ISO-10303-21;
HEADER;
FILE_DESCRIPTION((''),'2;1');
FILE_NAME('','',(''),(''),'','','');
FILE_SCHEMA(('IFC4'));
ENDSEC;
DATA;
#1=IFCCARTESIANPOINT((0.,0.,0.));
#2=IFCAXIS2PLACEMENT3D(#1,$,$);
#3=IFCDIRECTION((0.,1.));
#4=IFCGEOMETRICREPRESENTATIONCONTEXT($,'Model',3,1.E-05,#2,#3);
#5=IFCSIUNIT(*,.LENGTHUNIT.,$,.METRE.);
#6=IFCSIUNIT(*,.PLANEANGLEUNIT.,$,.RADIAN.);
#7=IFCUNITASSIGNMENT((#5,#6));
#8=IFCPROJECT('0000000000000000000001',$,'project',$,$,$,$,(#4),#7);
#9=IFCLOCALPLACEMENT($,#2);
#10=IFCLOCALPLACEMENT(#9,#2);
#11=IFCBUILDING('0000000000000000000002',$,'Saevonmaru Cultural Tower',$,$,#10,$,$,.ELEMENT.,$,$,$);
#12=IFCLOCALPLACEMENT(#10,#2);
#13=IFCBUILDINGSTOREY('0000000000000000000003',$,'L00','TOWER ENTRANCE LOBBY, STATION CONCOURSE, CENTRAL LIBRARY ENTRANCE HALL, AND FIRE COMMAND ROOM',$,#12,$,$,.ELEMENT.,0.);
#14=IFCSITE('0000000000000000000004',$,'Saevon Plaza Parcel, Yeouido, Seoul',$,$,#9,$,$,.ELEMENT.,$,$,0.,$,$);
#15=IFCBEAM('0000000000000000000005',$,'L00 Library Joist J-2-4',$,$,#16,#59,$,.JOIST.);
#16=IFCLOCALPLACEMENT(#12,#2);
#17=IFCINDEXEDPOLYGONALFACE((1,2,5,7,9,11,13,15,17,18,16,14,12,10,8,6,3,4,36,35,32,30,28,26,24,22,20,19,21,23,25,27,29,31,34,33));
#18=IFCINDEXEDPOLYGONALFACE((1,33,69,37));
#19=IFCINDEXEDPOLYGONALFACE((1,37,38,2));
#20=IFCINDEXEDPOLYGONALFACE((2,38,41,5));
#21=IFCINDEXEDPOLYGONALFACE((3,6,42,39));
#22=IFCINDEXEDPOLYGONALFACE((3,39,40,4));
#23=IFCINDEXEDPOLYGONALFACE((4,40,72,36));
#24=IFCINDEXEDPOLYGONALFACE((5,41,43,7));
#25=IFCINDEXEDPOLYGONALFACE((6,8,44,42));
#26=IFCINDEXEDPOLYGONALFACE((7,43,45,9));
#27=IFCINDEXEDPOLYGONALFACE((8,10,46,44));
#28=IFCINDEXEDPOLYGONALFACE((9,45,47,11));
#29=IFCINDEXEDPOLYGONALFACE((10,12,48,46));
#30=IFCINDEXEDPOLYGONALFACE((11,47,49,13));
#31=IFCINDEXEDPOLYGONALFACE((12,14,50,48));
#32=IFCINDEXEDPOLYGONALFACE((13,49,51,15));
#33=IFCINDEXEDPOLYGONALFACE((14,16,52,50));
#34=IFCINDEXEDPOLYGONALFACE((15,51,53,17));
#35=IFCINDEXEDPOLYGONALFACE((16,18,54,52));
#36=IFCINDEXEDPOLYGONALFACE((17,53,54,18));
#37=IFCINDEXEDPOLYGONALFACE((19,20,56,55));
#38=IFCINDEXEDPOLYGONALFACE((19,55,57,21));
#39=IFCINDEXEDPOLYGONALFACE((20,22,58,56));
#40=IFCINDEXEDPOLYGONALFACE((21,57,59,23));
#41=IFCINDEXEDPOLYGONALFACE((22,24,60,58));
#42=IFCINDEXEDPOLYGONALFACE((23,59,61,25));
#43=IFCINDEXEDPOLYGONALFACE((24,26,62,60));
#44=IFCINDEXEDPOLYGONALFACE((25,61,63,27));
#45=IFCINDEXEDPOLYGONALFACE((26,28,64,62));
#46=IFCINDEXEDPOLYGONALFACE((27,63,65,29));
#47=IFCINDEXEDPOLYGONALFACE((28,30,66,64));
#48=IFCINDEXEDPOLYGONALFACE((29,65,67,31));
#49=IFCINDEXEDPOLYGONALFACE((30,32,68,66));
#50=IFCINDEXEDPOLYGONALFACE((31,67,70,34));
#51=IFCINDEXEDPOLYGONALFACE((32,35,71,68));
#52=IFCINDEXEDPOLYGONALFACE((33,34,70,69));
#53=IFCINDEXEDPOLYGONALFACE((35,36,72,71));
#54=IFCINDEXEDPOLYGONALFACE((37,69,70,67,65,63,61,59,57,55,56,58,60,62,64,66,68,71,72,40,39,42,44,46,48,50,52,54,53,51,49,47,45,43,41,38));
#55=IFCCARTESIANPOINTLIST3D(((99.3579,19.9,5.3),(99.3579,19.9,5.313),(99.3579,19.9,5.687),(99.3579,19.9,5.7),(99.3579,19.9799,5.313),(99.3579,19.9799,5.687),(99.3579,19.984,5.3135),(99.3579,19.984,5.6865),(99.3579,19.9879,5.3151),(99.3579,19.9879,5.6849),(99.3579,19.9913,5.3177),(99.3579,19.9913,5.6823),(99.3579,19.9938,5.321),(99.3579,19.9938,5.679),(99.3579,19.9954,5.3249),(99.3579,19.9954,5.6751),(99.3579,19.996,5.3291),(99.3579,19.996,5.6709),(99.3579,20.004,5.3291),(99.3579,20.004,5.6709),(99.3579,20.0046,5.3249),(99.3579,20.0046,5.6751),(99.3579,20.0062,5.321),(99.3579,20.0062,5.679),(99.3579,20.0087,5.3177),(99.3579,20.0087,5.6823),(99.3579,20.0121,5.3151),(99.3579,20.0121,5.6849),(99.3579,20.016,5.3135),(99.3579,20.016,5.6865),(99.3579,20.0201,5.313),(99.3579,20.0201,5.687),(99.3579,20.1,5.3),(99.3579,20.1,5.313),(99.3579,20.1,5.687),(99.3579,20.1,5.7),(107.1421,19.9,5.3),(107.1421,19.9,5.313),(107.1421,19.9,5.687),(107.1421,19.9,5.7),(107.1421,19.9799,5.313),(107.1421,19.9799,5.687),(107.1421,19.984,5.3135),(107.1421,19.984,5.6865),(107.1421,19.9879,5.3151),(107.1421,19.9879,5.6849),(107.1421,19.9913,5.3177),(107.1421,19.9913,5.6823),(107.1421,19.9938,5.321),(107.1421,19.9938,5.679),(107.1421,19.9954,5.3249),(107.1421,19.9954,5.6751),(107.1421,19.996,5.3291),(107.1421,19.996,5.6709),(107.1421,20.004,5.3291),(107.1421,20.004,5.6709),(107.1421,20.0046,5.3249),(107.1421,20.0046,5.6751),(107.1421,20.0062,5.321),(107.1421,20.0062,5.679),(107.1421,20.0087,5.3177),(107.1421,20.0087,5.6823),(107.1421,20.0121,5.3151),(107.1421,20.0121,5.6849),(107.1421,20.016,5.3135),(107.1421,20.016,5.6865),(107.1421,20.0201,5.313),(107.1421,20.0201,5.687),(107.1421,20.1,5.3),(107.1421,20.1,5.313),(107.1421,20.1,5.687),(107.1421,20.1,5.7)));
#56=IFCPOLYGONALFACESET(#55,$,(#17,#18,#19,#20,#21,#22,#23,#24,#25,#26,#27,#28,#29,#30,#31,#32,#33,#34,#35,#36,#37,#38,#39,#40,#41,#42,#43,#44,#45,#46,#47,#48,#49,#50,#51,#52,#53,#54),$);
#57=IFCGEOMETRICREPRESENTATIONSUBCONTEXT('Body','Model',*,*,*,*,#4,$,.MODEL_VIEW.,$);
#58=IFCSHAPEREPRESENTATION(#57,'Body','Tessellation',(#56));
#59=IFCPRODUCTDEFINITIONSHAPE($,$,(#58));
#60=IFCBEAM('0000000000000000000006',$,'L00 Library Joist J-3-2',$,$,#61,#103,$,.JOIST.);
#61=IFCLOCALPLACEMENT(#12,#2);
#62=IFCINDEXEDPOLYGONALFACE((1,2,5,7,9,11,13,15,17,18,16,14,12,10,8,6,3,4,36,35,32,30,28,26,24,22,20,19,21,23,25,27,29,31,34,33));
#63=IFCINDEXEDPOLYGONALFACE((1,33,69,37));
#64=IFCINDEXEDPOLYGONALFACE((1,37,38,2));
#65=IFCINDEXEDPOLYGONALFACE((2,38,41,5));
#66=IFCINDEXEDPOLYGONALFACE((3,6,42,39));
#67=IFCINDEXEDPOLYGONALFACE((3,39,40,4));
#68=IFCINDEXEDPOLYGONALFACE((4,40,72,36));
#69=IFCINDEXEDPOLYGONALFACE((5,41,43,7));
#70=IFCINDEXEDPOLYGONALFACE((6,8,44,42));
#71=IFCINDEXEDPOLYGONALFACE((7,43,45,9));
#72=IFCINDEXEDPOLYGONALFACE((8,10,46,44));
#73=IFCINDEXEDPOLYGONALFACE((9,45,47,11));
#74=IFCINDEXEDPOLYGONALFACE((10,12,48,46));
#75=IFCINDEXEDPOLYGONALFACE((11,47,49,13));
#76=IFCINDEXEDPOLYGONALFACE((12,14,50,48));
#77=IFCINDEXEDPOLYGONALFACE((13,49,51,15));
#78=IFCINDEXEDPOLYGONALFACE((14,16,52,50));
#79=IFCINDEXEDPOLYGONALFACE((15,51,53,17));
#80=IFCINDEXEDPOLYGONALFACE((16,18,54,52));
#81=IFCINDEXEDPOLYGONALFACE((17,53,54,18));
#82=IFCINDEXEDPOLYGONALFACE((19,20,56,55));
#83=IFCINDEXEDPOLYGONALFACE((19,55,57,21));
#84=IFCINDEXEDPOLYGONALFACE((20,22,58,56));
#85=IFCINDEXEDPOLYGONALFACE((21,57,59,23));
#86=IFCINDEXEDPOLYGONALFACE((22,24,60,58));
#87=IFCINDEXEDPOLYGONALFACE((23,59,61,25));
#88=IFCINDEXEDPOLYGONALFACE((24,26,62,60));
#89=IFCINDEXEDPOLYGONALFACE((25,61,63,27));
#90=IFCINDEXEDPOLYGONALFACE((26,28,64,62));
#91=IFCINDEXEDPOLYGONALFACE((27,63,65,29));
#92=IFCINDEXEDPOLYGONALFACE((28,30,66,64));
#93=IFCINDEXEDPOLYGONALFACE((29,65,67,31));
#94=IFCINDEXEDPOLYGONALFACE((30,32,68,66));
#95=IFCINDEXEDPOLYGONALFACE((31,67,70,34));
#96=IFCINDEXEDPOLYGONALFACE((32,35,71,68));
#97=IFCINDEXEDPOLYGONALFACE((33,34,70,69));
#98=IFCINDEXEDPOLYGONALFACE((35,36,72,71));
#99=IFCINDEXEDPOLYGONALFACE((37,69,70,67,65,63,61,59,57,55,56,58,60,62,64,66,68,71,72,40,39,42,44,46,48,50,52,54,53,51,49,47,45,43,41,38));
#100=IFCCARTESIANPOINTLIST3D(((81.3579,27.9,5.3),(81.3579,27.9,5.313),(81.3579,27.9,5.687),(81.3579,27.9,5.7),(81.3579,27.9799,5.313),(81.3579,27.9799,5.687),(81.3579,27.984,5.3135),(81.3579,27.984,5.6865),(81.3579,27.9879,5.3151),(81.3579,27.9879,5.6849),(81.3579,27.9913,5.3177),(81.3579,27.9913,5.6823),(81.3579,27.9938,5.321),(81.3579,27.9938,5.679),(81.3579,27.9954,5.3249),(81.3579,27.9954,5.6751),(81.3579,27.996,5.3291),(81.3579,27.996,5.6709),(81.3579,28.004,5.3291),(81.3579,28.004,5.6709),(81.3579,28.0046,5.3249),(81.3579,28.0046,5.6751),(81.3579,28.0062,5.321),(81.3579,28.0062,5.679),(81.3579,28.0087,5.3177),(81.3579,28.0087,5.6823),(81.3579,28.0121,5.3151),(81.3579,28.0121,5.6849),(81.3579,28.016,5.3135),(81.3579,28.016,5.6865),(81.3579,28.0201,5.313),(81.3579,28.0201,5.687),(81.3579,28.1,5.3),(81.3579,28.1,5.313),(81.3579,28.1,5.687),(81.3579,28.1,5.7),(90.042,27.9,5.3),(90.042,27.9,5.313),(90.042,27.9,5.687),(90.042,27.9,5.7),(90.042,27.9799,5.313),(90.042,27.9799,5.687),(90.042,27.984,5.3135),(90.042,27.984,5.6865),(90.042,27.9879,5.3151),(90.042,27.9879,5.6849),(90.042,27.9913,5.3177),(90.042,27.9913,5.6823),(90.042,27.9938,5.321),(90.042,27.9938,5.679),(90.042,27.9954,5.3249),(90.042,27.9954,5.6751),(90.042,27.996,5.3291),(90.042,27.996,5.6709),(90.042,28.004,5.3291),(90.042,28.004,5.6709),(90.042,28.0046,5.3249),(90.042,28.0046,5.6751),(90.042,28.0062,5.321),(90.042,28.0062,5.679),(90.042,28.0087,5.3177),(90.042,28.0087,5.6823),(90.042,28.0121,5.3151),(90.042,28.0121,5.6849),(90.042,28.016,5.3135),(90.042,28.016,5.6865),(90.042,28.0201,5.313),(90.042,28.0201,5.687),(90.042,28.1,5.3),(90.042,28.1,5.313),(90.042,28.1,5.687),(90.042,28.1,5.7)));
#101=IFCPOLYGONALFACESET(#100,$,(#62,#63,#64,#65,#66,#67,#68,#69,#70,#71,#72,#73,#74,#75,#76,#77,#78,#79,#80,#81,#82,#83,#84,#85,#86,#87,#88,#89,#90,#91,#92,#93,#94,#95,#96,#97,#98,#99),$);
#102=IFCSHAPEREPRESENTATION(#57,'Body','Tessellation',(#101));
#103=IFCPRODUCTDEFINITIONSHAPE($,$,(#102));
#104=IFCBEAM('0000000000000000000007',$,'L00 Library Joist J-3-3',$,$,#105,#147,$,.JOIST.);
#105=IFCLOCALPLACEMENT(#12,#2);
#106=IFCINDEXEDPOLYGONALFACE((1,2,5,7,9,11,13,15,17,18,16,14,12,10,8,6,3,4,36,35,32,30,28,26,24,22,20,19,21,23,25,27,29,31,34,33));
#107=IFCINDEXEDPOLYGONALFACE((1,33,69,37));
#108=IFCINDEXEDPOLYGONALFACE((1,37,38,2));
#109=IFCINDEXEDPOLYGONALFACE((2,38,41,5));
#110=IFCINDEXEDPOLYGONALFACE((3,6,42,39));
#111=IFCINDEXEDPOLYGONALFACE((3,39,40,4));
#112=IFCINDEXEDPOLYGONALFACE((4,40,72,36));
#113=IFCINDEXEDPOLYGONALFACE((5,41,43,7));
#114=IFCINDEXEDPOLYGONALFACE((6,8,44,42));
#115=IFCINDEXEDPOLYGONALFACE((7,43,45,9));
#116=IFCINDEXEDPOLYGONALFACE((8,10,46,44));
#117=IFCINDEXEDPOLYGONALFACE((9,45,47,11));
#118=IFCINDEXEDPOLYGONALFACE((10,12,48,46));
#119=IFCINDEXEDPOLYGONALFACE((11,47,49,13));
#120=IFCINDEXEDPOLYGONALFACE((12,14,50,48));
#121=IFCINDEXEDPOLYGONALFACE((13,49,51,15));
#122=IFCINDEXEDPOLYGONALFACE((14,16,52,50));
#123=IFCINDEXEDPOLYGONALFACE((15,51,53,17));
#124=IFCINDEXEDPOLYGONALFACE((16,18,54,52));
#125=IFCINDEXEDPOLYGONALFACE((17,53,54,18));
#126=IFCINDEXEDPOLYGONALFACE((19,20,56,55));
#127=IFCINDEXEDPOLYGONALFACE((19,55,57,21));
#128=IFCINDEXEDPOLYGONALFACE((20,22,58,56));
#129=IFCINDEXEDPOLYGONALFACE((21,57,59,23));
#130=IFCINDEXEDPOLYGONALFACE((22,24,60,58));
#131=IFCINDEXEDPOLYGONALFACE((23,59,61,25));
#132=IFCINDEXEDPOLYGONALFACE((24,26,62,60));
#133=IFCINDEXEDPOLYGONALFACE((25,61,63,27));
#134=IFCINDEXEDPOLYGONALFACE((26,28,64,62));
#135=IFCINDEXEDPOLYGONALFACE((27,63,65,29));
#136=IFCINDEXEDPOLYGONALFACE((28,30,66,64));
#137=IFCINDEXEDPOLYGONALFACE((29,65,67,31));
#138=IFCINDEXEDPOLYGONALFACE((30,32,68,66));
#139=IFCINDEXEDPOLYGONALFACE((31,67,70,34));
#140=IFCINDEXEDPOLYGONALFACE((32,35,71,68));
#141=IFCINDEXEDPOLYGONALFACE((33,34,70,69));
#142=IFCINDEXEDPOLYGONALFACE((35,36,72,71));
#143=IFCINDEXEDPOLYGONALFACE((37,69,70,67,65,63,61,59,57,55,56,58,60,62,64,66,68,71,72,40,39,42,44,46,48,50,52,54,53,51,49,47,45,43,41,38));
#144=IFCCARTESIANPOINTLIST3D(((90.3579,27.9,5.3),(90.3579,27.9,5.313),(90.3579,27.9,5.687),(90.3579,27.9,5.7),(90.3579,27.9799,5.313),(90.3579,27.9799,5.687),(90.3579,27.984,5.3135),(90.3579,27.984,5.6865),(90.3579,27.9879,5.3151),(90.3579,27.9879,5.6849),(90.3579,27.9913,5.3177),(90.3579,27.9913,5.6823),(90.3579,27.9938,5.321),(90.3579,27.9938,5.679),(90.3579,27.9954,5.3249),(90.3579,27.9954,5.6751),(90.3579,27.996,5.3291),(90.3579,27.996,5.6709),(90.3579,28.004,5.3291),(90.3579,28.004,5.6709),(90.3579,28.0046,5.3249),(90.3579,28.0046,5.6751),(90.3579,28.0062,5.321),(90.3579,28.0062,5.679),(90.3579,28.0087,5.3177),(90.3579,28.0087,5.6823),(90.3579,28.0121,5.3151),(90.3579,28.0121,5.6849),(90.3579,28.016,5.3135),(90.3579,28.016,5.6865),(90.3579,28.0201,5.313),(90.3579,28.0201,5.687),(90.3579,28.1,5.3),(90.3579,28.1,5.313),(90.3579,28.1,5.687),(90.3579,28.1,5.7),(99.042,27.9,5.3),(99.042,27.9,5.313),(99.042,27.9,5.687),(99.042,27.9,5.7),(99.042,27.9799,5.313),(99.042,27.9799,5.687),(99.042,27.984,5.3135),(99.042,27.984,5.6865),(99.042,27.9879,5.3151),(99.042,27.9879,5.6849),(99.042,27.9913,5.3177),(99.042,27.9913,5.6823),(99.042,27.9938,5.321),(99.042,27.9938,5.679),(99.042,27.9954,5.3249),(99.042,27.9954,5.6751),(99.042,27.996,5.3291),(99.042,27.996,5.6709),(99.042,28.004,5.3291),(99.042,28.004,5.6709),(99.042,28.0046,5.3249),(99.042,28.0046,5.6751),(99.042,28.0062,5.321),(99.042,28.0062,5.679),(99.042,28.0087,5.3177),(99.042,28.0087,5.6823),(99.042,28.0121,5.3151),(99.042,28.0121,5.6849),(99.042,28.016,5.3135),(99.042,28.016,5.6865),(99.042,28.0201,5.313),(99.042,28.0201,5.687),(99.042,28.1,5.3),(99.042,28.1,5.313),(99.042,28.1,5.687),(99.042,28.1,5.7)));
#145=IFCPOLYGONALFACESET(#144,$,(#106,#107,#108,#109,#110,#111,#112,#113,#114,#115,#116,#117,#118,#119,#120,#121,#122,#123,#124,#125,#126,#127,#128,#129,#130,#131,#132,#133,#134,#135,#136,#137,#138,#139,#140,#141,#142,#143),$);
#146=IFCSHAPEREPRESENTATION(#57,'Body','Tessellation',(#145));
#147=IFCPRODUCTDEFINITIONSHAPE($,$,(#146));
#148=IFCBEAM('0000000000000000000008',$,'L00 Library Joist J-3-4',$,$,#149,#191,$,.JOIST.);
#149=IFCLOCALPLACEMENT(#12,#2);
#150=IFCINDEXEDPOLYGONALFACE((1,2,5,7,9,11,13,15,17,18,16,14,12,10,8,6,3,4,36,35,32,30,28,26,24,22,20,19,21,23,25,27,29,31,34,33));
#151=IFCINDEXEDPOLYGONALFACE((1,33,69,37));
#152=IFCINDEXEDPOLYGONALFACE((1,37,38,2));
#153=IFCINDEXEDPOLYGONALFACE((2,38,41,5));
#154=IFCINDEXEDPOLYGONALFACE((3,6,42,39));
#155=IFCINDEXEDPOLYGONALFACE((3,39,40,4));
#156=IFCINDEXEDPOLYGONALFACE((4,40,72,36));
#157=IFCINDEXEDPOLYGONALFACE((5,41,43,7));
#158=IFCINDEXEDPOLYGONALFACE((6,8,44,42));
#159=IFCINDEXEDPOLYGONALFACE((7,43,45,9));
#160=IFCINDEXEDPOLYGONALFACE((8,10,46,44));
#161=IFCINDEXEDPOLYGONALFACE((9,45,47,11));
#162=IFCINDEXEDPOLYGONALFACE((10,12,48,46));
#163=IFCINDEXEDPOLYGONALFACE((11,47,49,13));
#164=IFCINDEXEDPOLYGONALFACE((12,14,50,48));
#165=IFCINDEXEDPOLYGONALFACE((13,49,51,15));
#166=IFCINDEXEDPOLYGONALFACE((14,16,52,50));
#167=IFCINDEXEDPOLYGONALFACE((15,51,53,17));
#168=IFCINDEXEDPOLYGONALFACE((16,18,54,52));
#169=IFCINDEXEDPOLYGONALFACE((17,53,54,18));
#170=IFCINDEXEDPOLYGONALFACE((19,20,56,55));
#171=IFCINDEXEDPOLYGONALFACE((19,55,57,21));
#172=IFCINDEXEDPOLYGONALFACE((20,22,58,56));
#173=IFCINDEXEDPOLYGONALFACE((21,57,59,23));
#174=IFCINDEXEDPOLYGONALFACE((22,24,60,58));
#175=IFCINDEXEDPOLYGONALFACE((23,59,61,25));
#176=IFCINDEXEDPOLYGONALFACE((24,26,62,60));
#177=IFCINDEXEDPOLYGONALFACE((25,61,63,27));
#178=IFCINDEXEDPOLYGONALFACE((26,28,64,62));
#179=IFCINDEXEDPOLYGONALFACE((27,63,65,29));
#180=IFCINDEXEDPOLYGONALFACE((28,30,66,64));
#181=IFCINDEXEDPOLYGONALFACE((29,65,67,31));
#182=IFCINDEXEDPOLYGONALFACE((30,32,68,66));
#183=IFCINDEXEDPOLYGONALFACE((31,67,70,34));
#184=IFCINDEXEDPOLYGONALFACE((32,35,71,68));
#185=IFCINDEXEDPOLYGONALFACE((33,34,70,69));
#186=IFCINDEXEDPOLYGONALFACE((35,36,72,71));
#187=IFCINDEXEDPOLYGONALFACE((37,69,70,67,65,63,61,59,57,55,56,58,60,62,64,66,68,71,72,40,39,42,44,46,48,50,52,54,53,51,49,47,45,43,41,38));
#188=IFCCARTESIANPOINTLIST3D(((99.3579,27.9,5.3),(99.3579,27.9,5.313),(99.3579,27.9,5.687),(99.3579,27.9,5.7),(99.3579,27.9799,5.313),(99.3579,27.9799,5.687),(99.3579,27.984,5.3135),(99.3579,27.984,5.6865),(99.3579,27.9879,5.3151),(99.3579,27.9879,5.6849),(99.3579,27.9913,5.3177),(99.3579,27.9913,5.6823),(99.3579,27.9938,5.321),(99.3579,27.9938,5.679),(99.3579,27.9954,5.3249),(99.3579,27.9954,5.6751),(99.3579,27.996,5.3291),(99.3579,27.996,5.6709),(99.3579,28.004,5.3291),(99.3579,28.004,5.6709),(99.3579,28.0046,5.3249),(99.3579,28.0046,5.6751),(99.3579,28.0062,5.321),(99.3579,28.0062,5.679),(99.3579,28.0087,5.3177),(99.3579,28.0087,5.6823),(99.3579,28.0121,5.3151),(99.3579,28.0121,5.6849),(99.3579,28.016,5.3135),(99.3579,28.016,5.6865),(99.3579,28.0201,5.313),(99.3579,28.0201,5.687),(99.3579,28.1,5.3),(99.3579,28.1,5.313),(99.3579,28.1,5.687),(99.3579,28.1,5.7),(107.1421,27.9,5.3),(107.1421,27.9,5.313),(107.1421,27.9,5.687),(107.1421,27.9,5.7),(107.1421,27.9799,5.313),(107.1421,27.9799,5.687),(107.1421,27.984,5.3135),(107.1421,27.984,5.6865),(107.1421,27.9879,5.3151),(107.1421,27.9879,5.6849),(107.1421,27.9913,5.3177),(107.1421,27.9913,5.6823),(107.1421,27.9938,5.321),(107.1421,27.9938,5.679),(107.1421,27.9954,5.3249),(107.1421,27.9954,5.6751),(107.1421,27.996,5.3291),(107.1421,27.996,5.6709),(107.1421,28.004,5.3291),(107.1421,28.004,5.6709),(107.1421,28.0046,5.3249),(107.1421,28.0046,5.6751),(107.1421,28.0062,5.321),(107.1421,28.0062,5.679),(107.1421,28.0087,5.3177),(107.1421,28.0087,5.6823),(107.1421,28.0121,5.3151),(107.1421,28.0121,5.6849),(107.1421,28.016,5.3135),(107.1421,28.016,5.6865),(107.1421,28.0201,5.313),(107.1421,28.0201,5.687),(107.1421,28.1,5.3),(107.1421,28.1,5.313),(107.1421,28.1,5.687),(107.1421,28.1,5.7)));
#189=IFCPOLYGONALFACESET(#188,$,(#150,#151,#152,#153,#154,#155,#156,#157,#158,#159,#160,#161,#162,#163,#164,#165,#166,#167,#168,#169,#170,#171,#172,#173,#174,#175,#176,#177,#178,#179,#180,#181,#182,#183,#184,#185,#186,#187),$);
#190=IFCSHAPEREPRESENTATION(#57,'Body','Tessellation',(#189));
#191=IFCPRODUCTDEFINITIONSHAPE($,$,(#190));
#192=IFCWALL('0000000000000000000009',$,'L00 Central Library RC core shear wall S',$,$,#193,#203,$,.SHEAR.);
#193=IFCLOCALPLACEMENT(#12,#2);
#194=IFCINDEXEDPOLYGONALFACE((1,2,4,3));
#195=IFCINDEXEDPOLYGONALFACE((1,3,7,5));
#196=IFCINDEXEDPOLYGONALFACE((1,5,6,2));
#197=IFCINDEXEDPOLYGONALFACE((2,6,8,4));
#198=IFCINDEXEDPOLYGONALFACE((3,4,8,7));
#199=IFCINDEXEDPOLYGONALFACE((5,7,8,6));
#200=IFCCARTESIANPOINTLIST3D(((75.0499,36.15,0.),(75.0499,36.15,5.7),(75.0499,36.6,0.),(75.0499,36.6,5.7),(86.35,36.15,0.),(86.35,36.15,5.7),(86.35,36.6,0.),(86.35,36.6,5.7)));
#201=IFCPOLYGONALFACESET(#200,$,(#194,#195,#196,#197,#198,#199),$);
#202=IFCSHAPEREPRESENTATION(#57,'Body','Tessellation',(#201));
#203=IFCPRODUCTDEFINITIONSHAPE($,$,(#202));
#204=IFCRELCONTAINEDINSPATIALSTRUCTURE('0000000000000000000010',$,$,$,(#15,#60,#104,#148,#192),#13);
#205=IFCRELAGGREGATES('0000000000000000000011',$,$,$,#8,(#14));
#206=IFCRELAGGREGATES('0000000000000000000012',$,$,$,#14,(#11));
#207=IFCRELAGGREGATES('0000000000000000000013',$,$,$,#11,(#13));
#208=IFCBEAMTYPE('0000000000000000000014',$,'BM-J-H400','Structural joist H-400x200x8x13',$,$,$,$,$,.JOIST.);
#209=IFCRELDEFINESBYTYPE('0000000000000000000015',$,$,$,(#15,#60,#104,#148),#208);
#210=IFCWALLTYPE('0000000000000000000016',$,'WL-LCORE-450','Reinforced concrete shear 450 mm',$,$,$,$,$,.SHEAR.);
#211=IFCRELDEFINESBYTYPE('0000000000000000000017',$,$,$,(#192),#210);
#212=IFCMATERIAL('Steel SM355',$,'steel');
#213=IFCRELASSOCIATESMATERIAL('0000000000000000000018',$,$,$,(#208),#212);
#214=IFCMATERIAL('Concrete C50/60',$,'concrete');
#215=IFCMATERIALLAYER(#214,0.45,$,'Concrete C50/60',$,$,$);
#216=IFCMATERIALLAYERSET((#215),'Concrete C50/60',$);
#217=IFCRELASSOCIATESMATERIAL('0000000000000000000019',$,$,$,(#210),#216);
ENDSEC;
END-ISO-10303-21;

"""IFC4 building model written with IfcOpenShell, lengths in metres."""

from ifc_helpers import new_model, si_unit, direction, frame, frame_2d, origin, origin_2d, place, context, subcontext, project, spatial, rectangle, i_section, extrude, material, layer, layer_set, material_profile, profile_set, type_object, element, save


model = new_model("IFC4")

# Units and contexts
model_context = context("Model", 3, precision=1e-05, world=origin(), true_north=direction((0.0, 1.0)))
body_context = subcontext(model_context, "Body", "Model", "MODEL_VIEW")
ifc_project = project(units=[si_unit("LENGTHUNIT", "METRE"), si_unit("PLANEANGLEUNIT", "RADIAN")], contexts=[model_context])

# Site, building, storey
site_placement = place(None, origin())
site = spatial("IfcSite", under=ifc_project, at=site_placement, Name="Saevon Plaza Parcel, Yeouido, Seoul", CompositionType="ELEMENT", RefElevation=0.0)
building_placement = place(site_placement, origin())
building = spatial("IfcBuilding", under=site, at=building_placement, Name="Saevonmaru Cultural Tower", CompositionType="ELEMENT")
storey_placement = place(building_placement, origin())
storey = spatial("IfcBuildingStorey", under=building, at=storey_placement, Name="L00", Description="TOWER ENTRANCE LOBBY, STATION CONCOURSE, CENTRAL LIBRARY ENTRANCE HALL, AND FIRE COMMAND ROOM", CompositionType="ELEMENT", Elevation=0.0)

# Shared definitions
ifc_material_1 = material(Name="Steel SM355", Category="steel")

# Beams
ifc_material_profile_1 = material_profile(ifc_material_1, i_section(OverallWidth=0.2, OverallDepth=0.3999, WebThickness=0.0081, FlangeThickness=0.0129, FilletRadius=0.0161, at=origin_2d()), Name="H-400x200x8x13")
ifc_profile_set_1 = profile_set([ifc_material_profile_1], Name="Steel SM355")
beam_type_1 = type_object("IfcBeamType", Name="BM-J-H400", Description="Structural joist H-400x200x8x13", PredefinedType="JOIST", material=ifc_profile_set_1)
beam_1_placement = place(storey_placement, frame((99.3579, 20.0, 5.5), z_axis=(1.0, 0.0, 0.0), x_axis=(0.0, 1.0, 0.0)))
element("IfcBeam", 1, at=beam_1_placement, inside=storey, type_object=beam_type_1, Name="L00 Library Joist J-2-4", PredefinedType="JOIST", context=body_context, shape_type="SweptSolid", body=[
    extrude(i_section(OverallWidth=0.2, OverallDepth=0.3999, WebThickness=0.0081, FlangeThickness=0.0129, FilletRadius=0.0161, at=origin_2d()), origin(), (0.0, 0.0, 1.0), 7.7842),
])
for number, where, z_axis, x_axis, name in (
    (2, (81.3579, 28.0, 5.5), (1.0, 0.0, 0.0), (0.0, 1.0, 0.0), "L00 Library Joist J-3-2"),
    (3, (90.3579, 28.0, 5.5), (1.0, 0.0, 0.0), (0.0, 1.0, 0.0), "L00 Library Joist J-3-3"),
):
    element("IfcBeam", number, at=place(storey_placement, frame(where, z_axis=z_axis, x_axis=x_axis)), inside=storey, type_object=beam_type_1, Name=name, PredefinedType="JOIST", context=body_context, shape_type="SweptSolid", body=[
        extrude(i_section(OverallWidth=0.2, OverallDepth=0.3999, WebThickness=0.0081, FlangeThickness=0.0129, FilletRadius=0.0161, at=origin_2d()), origin(), (0.0, 0.0, 1.0), 8.6841),
    ])
beam_2_placement = place(storey_placement, frame((99.3579, 28.0, 5.5), z_axis=(1.0, 0.0, 0.0), x_axis=(0.0, 1.0, 0.0)))
element("IfcBeam", 4, at=beam_2_placement, inside=storey, type_object=beam_type_1, Name="L00 Library Joist J-3-4", PredefinedType="JOIST", context=body_context, shape_type="SweptSolid", body=[
    extrude(i_section(OverallWidth=0.2, OverallDepth=0.3999, WebThickness=0.0081, FlangeThickness=0.0129, FilletRadius=0.0161, at=origin_2d()), origin(), (0.0, 0.0, 1.0), 7.7842),
])

# Wall
ifc_material_2 = material(Name="Concrete C50/60", Category="concrete")
ifc_layer = layer(ifc_material_2, 0.45, Name="Concrete C50/60")
ifc_layer_set = layer_set([ifc_layer], Name="Concrete C50/60")
wall_type = type_object("IfcWallType", Name="WL-LCORE-450", Description="Reinforced concrete shear 450 mm", PredefinedType="SHEAR", material=ifc_layer_set)
wall_placement = place(storey_placement, frame((75.05, 36.375, 0.0), z_axis=(0.0, 0.0, 1.0), x_axis=(1.0, 0.0, 0.0)))
element("IfcWall", 5, at=wall_placement, inside=storey, type_object=wall_type, Name="L00 Central Library RC core shear wall S", PredefinedType="SHEAR", context=body_context, shape_type="SweptSolid", body=[
    extrude(rectangle(XDim=11.3, YDim=0.45, at=frame_2d((5.6499, 0.0))), origin(), (0.0, 0.0, 1.0), 5.7),
])

save(model, "model.ifc")
